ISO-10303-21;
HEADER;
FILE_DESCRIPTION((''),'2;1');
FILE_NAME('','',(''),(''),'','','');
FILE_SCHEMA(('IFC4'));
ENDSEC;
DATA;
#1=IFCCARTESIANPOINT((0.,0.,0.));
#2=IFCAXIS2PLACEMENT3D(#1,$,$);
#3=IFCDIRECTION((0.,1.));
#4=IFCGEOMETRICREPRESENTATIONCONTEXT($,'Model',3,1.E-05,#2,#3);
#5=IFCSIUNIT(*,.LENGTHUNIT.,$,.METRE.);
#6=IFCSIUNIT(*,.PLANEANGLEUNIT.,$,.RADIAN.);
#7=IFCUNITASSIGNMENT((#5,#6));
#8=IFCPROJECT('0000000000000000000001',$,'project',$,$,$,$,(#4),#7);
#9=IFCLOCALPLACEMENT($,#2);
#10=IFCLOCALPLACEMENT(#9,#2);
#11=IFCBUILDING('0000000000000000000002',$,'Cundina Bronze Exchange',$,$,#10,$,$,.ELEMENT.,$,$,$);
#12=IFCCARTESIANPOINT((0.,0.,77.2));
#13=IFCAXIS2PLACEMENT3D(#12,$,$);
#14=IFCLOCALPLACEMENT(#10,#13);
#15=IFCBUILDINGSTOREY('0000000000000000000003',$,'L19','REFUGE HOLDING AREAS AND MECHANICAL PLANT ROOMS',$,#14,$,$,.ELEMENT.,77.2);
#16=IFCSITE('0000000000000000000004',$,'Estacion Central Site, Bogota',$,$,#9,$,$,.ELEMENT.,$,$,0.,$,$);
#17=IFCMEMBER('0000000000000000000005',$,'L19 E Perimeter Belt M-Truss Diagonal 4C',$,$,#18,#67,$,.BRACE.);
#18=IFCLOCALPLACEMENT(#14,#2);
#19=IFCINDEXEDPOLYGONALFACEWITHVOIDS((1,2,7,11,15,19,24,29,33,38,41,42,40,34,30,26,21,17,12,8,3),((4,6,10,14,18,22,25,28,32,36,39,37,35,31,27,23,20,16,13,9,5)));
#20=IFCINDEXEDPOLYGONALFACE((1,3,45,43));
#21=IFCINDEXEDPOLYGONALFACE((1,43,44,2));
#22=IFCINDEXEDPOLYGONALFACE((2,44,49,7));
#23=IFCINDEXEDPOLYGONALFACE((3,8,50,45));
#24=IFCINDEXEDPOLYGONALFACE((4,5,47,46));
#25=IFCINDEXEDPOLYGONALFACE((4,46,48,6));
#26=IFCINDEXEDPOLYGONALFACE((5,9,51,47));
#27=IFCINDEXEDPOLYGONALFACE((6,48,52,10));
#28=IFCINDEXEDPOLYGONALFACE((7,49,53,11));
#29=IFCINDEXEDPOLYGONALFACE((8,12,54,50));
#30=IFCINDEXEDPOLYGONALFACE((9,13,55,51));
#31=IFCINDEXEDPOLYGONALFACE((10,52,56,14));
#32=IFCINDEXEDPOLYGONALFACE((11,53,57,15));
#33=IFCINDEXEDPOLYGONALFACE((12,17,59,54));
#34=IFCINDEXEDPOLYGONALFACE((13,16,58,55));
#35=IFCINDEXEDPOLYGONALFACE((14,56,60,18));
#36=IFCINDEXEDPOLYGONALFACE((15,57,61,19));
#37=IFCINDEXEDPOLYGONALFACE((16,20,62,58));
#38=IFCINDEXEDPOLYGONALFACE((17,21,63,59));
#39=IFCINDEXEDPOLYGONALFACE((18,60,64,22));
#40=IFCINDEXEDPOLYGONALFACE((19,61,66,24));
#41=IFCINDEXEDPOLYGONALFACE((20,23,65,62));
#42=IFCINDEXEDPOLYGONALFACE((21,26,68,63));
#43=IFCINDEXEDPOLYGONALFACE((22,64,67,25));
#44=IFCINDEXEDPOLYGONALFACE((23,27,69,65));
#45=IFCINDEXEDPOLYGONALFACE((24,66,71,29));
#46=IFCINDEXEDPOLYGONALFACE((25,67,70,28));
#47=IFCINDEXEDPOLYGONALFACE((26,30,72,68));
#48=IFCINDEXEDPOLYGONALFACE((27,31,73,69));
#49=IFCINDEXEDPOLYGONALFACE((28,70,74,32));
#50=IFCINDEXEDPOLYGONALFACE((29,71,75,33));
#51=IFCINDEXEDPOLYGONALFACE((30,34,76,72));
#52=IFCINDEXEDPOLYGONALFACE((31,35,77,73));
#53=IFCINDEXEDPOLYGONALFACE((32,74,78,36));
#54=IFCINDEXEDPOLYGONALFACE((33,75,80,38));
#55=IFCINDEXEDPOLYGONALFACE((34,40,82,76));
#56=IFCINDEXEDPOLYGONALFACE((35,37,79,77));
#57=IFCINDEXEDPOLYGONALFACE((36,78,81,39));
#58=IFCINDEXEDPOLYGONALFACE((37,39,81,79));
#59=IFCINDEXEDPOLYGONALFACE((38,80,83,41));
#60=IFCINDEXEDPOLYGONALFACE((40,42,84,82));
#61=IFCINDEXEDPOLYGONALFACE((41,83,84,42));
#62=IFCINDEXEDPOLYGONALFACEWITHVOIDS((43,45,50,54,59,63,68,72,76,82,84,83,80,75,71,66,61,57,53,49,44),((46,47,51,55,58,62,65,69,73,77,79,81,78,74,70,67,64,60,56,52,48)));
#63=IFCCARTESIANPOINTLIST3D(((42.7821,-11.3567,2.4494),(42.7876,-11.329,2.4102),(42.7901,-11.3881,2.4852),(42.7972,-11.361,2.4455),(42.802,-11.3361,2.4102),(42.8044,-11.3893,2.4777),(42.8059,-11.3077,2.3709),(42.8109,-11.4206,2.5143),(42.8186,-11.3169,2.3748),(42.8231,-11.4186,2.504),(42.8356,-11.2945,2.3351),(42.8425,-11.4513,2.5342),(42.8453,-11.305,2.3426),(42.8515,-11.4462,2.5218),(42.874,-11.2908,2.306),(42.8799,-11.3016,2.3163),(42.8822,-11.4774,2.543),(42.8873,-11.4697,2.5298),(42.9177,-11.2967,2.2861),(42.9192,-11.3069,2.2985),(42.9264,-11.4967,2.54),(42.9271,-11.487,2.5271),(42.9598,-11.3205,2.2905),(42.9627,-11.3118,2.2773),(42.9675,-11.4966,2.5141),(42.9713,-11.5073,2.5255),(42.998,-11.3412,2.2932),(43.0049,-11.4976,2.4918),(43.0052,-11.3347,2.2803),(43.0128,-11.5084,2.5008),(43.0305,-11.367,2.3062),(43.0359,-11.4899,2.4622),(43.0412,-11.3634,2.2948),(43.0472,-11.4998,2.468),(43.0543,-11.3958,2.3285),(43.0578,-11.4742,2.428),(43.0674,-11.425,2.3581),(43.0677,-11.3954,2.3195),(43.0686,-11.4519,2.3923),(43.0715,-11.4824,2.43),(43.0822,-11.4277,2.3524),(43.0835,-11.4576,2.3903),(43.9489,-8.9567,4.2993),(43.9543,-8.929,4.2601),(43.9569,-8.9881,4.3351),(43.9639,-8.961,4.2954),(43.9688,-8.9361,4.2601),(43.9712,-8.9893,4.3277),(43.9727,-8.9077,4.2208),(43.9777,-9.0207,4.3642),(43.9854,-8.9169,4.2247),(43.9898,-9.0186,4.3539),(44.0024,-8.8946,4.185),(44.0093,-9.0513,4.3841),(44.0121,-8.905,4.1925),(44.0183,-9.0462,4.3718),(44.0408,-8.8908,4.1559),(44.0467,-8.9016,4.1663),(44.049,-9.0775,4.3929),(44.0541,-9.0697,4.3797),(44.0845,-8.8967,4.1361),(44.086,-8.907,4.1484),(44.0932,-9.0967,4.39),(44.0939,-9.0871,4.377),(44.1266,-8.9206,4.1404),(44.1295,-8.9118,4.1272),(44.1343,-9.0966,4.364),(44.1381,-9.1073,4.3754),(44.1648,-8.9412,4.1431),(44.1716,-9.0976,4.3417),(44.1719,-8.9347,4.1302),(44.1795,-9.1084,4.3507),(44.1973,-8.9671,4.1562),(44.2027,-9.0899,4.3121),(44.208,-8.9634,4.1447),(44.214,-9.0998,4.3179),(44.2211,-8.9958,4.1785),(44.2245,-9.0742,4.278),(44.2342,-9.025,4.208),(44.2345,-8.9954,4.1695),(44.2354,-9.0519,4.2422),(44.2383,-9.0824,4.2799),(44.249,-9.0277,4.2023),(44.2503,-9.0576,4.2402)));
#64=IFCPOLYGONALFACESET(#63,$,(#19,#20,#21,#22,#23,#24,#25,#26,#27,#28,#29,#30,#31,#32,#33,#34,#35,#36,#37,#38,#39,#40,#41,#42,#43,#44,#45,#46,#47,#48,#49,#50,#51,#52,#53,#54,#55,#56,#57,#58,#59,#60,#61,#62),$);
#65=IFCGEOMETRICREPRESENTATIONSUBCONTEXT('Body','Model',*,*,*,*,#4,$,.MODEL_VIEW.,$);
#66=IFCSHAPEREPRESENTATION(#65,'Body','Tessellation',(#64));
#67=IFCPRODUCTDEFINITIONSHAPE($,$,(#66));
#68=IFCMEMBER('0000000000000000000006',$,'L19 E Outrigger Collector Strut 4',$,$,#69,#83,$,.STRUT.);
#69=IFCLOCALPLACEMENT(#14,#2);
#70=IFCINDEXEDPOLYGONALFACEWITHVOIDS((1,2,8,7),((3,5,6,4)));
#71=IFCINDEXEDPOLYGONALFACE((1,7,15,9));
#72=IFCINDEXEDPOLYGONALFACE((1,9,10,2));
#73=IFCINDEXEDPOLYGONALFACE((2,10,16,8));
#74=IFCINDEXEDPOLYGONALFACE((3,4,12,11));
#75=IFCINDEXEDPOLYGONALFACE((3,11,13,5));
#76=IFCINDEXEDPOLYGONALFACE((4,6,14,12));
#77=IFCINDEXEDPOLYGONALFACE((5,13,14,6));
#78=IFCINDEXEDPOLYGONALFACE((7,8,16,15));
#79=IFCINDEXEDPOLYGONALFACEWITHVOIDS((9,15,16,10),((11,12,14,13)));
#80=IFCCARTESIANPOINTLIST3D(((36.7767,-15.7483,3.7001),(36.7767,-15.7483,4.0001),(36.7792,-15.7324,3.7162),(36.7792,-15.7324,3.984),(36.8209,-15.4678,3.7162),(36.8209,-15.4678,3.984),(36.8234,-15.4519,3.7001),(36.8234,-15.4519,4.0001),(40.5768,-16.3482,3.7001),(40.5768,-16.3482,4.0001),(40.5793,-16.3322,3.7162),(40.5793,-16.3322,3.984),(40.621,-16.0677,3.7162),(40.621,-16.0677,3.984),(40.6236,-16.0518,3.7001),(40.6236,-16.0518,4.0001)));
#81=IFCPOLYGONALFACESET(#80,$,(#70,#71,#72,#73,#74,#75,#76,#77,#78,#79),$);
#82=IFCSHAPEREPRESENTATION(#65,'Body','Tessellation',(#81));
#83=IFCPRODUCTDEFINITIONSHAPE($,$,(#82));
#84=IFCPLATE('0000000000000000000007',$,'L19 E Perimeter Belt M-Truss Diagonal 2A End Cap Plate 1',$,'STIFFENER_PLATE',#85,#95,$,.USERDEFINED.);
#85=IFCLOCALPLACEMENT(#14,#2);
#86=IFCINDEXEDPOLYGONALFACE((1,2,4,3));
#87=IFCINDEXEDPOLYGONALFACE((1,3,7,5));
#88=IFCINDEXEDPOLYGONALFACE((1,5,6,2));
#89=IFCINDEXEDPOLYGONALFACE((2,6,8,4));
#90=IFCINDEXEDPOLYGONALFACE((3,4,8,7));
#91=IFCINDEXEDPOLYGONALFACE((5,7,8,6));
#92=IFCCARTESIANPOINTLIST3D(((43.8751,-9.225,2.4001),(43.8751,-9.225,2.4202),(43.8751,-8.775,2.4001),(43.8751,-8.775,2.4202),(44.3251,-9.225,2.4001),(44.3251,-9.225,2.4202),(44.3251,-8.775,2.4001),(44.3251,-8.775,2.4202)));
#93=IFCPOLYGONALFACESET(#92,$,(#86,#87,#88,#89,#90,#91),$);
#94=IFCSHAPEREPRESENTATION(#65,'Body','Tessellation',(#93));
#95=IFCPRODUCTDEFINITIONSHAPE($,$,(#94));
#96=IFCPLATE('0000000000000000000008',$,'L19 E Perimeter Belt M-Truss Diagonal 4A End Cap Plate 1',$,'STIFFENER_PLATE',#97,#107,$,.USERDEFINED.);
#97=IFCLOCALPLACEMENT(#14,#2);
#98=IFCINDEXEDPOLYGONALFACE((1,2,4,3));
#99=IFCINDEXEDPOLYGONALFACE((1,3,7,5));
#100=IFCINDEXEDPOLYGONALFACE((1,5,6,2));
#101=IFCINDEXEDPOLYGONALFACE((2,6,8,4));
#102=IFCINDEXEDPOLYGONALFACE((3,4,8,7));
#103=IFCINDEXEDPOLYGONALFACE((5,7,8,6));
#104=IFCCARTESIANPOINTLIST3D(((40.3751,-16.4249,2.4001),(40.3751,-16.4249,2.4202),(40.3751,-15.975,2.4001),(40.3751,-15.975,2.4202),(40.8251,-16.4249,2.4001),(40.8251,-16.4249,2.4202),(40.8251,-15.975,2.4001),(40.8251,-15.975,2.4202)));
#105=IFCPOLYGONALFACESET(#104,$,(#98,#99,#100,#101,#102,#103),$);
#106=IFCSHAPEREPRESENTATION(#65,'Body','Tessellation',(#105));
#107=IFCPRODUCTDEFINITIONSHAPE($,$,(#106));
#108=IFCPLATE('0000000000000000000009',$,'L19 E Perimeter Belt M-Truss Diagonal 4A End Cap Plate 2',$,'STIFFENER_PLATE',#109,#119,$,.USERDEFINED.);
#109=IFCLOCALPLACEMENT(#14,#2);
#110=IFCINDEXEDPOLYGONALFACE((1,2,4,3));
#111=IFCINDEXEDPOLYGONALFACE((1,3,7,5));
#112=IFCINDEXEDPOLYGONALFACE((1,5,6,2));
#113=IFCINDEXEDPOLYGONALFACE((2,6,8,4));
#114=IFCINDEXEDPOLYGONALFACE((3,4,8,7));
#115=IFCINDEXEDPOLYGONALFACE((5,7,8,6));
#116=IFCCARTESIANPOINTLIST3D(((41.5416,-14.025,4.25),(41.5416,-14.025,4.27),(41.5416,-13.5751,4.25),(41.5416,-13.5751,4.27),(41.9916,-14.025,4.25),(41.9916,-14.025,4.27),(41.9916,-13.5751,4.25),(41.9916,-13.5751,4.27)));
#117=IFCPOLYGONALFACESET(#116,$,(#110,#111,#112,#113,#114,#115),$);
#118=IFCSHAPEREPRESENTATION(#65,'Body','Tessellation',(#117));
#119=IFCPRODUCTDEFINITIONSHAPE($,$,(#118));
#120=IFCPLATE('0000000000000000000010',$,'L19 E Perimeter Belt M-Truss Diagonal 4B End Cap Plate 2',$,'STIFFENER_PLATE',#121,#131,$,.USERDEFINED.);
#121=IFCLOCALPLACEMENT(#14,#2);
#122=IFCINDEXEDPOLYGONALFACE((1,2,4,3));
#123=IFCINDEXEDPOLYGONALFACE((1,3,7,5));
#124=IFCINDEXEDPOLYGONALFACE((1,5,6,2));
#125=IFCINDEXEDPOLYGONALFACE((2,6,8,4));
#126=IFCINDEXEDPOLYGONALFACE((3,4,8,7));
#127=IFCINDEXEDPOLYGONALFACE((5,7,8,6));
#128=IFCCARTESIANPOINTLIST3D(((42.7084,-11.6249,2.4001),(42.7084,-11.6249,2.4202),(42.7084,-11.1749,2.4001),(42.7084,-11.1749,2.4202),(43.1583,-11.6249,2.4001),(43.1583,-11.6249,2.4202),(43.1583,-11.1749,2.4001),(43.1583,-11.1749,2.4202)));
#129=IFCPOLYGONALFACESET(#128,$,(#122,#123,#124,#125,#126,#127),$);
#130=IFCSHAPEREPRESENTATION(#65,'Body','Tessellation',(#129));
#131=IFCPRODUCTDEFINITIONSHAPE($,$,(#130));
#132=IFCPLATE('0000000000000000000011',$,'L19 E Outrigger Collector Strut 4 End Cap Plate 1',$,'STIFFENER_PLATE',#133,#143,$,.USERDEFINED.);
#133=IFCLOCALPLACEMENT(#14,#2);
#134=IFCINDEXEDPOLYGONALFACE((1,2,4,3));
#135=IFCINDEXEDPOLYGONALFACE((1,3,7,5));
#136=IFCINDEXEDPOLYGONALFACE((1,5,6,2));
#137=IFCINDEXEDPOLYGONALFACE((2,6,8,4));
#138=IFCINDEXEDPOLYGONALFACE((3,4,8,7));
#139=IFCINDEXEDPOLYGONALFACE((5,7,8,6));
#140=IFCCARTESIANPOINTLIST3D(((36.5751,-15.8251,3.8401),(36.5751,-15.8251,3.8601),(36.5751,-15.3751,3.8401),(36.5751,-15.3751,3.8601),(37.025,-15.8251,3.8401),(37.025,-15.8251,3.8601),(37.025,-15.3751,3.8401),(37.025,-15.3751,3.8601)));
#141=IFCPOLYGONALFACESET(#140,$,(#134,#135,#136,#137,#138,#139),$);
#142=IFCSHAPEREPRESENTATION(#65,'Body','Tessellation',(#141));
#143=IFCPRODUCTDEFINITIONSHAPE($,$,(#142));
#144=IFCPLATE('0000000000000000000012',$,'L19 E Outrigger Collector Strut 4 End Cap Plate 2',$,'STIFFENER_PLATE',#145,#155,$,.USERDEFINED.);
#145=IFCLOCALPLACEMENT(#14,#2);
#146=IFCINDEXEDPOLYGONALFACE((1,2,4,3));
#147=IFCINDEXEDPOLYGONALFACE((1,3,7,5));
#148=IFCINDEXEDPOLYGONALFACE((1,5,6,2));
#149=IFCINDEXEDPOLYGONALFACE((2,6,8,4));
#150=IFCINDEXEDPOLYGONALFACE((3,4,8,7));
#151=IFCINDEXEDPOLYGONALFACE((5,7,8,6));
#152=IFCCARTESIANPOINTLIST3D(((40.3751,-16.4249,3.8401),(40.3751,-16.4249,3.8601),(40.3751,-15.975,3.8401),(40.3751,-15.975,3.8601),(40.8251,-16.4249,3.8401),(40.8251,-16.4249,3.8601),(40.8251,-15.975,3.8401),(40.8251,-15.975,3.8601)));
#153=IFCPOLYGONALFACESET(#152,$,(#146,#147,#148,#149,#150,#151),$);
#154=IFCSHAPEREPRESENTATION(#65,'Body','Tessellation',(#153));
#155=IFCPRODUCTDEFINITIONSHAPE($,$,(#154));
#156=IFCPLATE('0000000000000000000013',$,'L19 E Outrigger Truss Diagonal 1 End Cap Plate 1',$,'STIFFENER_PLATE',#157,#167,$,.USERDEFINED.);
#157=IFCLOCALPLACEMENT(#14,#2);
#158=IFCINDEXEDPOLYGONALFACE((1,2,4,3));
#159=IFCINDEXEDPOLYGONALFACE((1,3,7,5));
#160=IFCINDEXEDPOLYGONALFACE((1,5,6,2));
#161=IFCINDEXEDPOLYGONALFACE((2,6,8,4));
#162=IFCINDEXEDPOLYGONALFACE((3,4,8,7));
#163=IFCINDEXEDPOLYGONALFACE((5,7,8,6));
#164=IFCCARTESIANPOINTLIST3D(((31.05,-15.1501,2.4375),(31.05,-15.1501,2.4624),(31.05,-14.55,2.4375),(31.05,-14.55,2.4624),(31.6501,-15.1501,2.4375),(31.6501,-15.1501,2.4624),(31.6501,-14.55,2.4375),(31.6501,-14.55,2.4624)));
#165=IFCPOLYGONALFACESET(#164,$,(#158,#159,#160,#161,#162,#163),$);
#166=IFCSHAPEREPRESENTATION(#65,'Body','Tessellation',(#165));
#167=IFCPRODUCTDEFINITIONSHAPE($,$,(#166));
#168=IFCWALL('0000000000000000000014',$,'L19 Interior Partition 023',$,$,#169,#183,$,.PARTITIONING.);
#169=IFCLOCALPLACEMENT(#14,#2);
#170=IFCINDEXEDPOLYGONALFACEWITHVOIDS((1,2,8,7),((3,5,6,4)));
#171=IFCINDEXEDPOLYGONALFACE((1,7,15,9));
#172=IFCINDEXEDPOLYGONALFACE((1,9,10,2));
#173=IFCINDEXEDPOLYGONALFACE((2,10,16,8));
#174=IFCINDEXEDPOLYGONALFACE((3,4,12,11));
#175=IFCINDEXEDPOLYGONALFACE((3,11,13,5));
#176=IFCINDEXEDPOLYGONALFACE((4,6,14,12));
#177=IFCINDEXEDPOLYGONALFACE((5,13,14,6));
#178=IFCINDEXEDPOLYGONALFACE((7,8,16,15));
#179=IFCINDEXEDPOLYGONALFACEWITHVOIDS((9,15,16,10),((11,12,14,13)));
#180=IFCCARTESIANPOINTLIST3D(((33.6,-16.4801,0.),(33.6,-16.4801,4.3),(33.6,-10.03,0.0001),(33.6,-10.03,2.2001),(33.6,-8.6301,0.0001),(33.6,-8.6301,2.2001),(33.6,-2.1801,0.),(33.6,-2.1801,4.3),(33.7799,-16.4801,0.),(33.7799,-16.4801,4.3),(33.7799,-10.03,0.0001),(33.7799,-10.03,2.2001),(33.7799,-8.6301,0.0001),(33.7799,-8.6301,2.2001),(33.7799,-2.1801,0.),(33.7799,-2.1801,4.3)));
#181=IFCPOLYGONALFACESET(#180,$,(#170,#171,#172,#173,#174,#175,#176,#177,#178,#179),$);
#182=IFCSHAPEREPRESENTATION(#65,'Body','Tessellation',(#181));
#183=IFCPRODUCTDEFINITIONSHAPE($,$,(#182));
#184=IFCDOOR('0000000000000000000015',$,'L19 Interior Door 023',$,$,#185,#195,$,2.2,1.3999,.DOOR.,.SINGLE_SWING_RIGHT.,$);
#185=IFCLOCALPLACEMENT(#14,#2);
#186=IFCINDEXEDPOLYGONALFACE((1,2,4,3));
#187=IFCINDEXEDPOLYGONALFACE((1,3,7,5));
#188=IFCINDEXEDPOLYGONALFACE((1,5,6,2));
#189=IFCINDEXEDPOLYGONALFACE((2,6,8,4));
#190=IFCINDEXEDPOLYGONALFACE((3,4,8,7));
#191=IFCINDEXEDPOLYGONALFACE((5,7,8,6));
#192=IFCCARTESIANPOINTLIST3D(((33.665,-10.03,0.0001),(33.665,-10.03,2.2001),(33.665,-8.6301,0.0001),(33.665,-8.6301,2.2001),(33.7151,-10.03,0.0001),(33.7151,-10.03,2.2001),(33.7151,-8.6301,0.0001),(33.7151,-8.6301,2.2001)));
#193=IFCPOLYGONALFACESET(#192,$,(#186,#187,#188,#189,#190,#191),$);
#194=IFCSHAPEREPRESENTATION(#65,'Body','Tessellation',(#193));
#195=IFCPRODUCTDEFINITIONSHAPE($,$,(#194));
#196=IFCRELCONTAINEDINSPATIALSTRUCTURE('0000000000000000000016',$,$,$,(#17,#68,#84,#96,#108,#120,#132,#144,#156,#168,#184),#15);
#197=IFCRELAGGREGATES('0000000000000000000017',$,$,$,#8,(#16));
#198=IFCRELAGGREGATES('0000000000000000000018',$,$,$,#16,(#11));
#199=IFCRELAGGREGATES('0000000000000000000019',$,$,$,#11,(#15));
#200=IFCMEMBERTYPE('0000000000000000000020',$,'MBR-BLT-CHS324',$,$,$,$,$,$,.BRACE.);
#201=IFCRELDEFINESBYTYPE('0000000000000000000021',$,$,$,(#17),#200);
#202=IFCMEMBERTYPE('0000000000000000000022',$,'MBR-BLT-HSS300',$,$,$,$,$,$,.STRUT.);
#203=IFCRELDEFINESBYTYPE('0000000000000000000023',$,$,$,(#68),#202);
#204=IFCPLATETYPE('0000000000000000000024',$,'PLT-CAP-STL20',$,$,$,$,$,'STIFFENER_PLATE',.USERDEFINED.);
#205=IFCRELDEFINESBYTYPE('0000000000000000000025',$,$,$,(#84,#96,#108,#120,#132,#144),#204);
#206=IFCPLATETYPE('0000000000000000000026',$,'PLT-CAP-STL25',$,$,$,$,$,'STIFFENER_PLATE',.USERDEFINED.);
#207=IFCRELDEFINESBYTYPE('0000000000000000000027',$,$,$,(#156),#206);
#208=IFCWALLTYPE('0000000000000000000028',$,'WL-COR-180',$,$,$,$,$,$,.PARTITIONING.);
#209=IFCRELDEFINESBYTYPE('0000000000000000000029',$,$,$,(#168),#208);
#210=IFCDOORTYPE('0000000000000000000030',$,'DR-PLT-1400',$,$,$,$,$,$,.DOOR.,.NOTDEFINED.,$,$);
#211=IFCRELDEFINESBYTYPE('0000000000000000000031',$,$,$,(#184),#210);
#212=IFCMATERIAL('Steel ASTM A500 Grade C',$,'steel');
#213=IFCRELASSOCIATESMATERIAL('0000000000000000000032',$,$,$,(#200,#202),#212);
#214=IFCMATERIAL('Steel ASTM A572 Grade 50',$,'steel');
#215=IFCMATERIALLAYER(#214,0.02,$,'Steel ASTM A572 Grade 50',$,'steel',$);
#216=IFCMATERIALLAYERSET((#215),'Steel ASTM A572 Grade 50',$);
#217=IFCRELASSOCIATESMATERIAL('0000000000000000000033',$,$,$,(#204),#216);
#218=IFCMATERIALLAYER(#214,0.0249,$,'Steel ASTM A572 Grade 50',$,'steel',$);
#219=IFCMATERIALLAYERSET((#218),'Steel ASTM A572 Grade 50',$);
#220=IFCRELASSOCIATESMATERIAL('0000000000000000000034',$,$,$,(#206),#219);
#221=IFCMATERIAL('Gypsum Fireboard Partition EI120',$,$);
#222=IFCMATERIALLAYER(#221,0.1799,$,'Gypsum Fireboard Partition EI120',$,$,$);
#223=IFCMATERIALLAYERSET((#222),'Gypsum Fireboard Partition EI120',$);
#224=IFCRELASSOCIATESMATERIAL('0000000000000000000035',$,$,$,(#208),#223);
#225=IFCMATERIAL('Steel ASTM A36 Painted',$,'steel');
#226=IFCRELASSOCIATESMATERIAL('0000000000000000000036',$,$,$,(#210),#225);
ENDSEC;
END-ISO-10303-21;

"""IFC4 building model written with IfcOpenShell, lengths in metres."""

from ifc_helpers import new_model, si_unit, direction, frame, frame_2d, origin, origin_2d, place, context, subcontext, project, spatial, rectangle, hollow_rectangle, hollow_circle, extrude, material, layer, layer_set, material_profile, profile_set, type_object, element, fill, save


model = new_model("IFC4")

# Units and contexts
model_context = context("Model", 3, precision=1e-05, world=origin(), true_north=direction((0.0, 1.0)))
body_context = subcontext(model_context, "Body", "Model", "MODEL_VIEW")
ifc_project = project(units=[si_unit("LENGTHUNIT", "METRE"), si_unit("PLANEANGLEUNIT", "RADIAN")], contexts=[model_context])

# Site, building, storey
site_placement = place(None, origin())
site = spatial("IfcSite", under=ifc_project, at=site_placement, Name="Estacion Central Site, Bogota", CompositionType="ELEMENT", RefElevation=0.0)
building_placement = place(site_placement, origin())
building = spatial("IfcBuilding", under=site, at=building_placement, Name="Cundina Bronze Exchange", CompositionType="ELEMENT")
storey_placement = place(building_placement, frame((0.0, 0.0, 77.2)))
storey = spatial("IfcBuildingStorey", under=building, at=storey_placement, Name="L19", Description="REFUGE HOLDING AREAS AND MECHANICAL PLANT ROOMS", CompositionType="ELEMENT", Elevation=77.2)

# Members
ifc_material_1 = material(Name="Steel ASTM A500 Grade C", Category="steel")
ifc_material_profile_1 = material_profile(ifc_material_1, hollow_circle(Radius=0.1621, WallThickness=0.0161, at=origin_2d()), Name="CHS324X16", Category="steel")
ifc_profile_set_1 = profile_set([ifc_material_profile_1], Name="Steel ASTM A500 Grade C")
member_type_1 = type_object("IfcMemberType", Name="MBR-BLT-CHS324", PredefinedType="BRACE", material=ifc_profile_set_1)
for number, where, z_axis, x_axis, name in (
    (1, (42.9333, -11.3999, 2.4102), (0.359335, 0.739121, 0.569717), (-0.899349, 0.437232, 0.0), "L19 E Perimeter Belt M-Truss Diagonal 4C"),
):
    element("IfcMember", number, at=place(storey_placement, frame(where, z_axis=z_axis, x_axis=x_axis)), inside=storey, type_object=member_type_1, Name=name, PredefinedType="BRACE", context=body_context, shape_type="SweptSolid", body=[
        extrude(hollow_circle(Radius=0.1621, WallThickness=0.0161, at=origin_2d()), origin(), (0.0, 0.0, 1.0), 3.2471),
    ])
ifc_material_profile_2 = material_profile(ifc_material_1, hollow_rectangle(XDim=0.3, YDim=0.3, WallThickness=0.0161, at=origin_2d()), Name="HSS300X300X16", Category="steel")
ifc_profile_set_2 = profile_set([ifc_material_profile_2], Name="Steel ASTM A500 Grade C")
member_type_2 = type_object("IfcMemberType", Name="MBR-BLT-HSS300", PredefinedType="STRUT", material=ifc_profile_set_2)
member_placement = place(storey_placement, frame((36.8, -15.6001, 3.8501), z_axis=(0.987769, -0.155923, 0.0), x_axis=(0.155923, 0.987769, 0.0)))
element("IfcMember", 2, at=member_placement, inside=storey, type_object=member_type_2, Name="L19 E Outrigger Collector Strut 4", PredefinedType="STRUT", context=body_context, shape_type="SweptSolid", body=[
    extrude(hollow_rectangle(XDim=0.3, YDim=0.3, WallThickness=0.0161, at=origin_2d()), origin(), (0.0, 0.0, 1.0), 3.8472),
])

# Plates
ifc_material_2 = material(Name="Steel ASTM A572 Grade 50", Category="steel")
ifc_layer_1 = layer(ifc_material_2, 0.02, Name="Steel ASTM A572 Grade 50", Category="steel")
ifc_layer_set_1 = layer_set([ifc_layer_1], Name="Steel ASTM A572 Grade 50")
plate_type_1 = type_object("IfcPlateType", Name="PLT-CAP-STL20", ElementType="STIFFENER_PLATE", PredefinedType="USERDEFINED", material=ifc_layer_set_1)
for number, where, z_axis, x_axis, name in (
    (3, (44.1001, -9.0, 2.4001), (0.0, 0.0, 1.0), (1.0, 0.0, 0.0), "L19 E Perimeter Belt M-Truss Diagonal 2A End Cap Plate 1"),
    (4, (40.6001, -16.2, 2.4001), (0.0, 0.0, 1.0), (1.0, 0.0, 0.0), "L19 E Perimeter Belt M-Truss Diagonal 4A End Cap Plate 1"),
    (5, (41.7666, -13.8, 4.25), (0.0, 0.0, 1.0), (1.0, 0.0, 0.0), "L19 E Perimeter Belt M-Truss Diagonal 4A End Cap Plate 2"),
    (6, (42.9333, -11.3999, 2.4001), (0.0, 0.0, 1.0), (1.0, 0.0, 0.0), "L19 E Perimeter Belt M-Truss Diagonal 4B End Cap Plate 2"),
    (7, (36.8, -15.6001, 3.8401), (0.0, 0.0, 1.0), (1.0, 0.0, 0.0), "L19 E Outrigger Collector Strut 4 End Cap Plate 1"),
    (8, (40.6001, -16.2, 3.8401), (0.0, 0.0, 1.0), (1.0, 0.0, 0.0), "L19 E Outrigger Collector Strut 4 End Cap Plate 2"),
):
    element("IfcPlate", number, at=place(storey_placement, frame(where, z_axis=z_axis, x_axis=x_axis)), inside=storey, type_object=plate_type_1, Name=name, ObjectType="STIFFENER_PLATE", PredefinedType="USERDEFINED", context=body_context, shape_type="SweptSolid", body=[
        extrude(rectangle(XDim=0.45, YDim=0.45, at=origin_2d()), origin(), (0.0, 0.0, 1.0), 0.02),
    ])
ifc_layer_2 = layer(ifc_material_2, 0.0249, Name="Steel ASTM A572 Grade 50", Category="steel")
ifc_layer_set_2 = layer_set([ifc_layer_2], Name="Steel ASTM A572 Grade 50")
plate_type_2 = type_object("IfcPlateType", Name="PLT-CAP-STL25", ElementType="STIFFENER_PLATE", PredefinedType="USERDEFINED", material=ifc_layer_set_2)
plate_placement = place(storey_placement, frame((31.3501, -14.8501, 2.4375), z_axis=(0.0, 0.0, 1.0), x_axis=(1.0, 0.0, 0.0)))
element("IfcPlate", 9, at=plate_placement, inside=storey, type_object=plate_type_2, Name="L19 E Outrigger Truss Diagonal 1 End Cap Plate 1", ObjectType="STIFFENER_PLATE", PredefinedType="USERDEFINED", context=body_context, shape_type="SweptSolid", body=[
    extrude(rectangle(XDim=0.6001, YDim=0.6001, at=origin_2d()), origin(), (0.0, 0.0, 1.0), 0.0249),
])

# Wall, opening, door
ifc_material_3 = material(Name="Gypsum Fireboard Partition EI120")
ifc_layer_3 = layer(ifc_material_3, 0.1799, Name="Gypsum Fireboard Partition EI120")
ifc_layer_set_3 = layer_set([ifc_layer_3], Name="Gypsum Fireboard Partition EI120")
wall_type = type_object("IfcWallType", Name="WL-COR-180", PredefinedType="PARTITIONING", material=ifc_layer_set_3)
wall_placement = place(storey_placement, frame((33.6899, -16.48, 0.0), z_axis=(0.0, 0.0, 1.0), x_axis=(0.0, 1.0, 0.0)))
wall = element("IfcWall", 10, at=wall_placement, inside=storey, type_object=wall_type, Name="L19 Interior Partition 023", PredefinedType="PARTITIONING", context=body_context, shape_type="SweptSolid", body=[
    extrude(rectangle(XDim=14.3, YDim=0.1799, at=frame_2d((7.1499, 0.0))), origin(), (0.0, 0.0, 1.0), 4.3),
])
opening_placement = place(wall_placement, frame((6.45, 0.0, 0.0)))
opening = element("IfcOpeningElement", 11, at=opening_placement, cuts=wall, PredefinedType="OPENING", context=body_context, shape_type="SweptSolid", body=[
    extrude(rectangle(XDim=1.3999, YDim=2.2, at=frame_2d((0.7, 1.1001))), frame((0.0, 0.0999, 0.0), z_axis=(0.0, -1.0, 0.0), x_axis=(1.0, 0.0, 0.0)), (0.0, 0.0, 1.0), 0.2),
])
ifc_material_4 = material(Name="Steel ASTM A36 Painted", Category="steel")
door_type = type_object("IfcDoorType", Name="DR-PLT-1400", OperationType="NOTDEFINED", PredefinedType="DOOR", material=ifc_material_4)
door_placement = place(opening_placement, origin())
door = element("IfcDoor", 12, at=door_placement, inside=storey, type_object=door_type, Name="L19 Interior Door 023", OperationType="SINGLE_SWING_RIGHT", OverallHeight=2.2, OverallWidth=1.3999, PredefinedType="DOOR", context=body_context, shape_type="SweptSolid", body=[
    extrude(rectangle(XDim=1.3999, YDim=2.2, at=frame_2d((0.7, 1.1001))), frame((0.0, 0.0249, 0.0), z_axis=(0.0, -1.0, 0.0), x_axis=(1.0, 0.0, 0.0)), (0.0, 0.0, 1.0), 0.05),
])
fill(opening, door)

save(model, "model.ifc")
